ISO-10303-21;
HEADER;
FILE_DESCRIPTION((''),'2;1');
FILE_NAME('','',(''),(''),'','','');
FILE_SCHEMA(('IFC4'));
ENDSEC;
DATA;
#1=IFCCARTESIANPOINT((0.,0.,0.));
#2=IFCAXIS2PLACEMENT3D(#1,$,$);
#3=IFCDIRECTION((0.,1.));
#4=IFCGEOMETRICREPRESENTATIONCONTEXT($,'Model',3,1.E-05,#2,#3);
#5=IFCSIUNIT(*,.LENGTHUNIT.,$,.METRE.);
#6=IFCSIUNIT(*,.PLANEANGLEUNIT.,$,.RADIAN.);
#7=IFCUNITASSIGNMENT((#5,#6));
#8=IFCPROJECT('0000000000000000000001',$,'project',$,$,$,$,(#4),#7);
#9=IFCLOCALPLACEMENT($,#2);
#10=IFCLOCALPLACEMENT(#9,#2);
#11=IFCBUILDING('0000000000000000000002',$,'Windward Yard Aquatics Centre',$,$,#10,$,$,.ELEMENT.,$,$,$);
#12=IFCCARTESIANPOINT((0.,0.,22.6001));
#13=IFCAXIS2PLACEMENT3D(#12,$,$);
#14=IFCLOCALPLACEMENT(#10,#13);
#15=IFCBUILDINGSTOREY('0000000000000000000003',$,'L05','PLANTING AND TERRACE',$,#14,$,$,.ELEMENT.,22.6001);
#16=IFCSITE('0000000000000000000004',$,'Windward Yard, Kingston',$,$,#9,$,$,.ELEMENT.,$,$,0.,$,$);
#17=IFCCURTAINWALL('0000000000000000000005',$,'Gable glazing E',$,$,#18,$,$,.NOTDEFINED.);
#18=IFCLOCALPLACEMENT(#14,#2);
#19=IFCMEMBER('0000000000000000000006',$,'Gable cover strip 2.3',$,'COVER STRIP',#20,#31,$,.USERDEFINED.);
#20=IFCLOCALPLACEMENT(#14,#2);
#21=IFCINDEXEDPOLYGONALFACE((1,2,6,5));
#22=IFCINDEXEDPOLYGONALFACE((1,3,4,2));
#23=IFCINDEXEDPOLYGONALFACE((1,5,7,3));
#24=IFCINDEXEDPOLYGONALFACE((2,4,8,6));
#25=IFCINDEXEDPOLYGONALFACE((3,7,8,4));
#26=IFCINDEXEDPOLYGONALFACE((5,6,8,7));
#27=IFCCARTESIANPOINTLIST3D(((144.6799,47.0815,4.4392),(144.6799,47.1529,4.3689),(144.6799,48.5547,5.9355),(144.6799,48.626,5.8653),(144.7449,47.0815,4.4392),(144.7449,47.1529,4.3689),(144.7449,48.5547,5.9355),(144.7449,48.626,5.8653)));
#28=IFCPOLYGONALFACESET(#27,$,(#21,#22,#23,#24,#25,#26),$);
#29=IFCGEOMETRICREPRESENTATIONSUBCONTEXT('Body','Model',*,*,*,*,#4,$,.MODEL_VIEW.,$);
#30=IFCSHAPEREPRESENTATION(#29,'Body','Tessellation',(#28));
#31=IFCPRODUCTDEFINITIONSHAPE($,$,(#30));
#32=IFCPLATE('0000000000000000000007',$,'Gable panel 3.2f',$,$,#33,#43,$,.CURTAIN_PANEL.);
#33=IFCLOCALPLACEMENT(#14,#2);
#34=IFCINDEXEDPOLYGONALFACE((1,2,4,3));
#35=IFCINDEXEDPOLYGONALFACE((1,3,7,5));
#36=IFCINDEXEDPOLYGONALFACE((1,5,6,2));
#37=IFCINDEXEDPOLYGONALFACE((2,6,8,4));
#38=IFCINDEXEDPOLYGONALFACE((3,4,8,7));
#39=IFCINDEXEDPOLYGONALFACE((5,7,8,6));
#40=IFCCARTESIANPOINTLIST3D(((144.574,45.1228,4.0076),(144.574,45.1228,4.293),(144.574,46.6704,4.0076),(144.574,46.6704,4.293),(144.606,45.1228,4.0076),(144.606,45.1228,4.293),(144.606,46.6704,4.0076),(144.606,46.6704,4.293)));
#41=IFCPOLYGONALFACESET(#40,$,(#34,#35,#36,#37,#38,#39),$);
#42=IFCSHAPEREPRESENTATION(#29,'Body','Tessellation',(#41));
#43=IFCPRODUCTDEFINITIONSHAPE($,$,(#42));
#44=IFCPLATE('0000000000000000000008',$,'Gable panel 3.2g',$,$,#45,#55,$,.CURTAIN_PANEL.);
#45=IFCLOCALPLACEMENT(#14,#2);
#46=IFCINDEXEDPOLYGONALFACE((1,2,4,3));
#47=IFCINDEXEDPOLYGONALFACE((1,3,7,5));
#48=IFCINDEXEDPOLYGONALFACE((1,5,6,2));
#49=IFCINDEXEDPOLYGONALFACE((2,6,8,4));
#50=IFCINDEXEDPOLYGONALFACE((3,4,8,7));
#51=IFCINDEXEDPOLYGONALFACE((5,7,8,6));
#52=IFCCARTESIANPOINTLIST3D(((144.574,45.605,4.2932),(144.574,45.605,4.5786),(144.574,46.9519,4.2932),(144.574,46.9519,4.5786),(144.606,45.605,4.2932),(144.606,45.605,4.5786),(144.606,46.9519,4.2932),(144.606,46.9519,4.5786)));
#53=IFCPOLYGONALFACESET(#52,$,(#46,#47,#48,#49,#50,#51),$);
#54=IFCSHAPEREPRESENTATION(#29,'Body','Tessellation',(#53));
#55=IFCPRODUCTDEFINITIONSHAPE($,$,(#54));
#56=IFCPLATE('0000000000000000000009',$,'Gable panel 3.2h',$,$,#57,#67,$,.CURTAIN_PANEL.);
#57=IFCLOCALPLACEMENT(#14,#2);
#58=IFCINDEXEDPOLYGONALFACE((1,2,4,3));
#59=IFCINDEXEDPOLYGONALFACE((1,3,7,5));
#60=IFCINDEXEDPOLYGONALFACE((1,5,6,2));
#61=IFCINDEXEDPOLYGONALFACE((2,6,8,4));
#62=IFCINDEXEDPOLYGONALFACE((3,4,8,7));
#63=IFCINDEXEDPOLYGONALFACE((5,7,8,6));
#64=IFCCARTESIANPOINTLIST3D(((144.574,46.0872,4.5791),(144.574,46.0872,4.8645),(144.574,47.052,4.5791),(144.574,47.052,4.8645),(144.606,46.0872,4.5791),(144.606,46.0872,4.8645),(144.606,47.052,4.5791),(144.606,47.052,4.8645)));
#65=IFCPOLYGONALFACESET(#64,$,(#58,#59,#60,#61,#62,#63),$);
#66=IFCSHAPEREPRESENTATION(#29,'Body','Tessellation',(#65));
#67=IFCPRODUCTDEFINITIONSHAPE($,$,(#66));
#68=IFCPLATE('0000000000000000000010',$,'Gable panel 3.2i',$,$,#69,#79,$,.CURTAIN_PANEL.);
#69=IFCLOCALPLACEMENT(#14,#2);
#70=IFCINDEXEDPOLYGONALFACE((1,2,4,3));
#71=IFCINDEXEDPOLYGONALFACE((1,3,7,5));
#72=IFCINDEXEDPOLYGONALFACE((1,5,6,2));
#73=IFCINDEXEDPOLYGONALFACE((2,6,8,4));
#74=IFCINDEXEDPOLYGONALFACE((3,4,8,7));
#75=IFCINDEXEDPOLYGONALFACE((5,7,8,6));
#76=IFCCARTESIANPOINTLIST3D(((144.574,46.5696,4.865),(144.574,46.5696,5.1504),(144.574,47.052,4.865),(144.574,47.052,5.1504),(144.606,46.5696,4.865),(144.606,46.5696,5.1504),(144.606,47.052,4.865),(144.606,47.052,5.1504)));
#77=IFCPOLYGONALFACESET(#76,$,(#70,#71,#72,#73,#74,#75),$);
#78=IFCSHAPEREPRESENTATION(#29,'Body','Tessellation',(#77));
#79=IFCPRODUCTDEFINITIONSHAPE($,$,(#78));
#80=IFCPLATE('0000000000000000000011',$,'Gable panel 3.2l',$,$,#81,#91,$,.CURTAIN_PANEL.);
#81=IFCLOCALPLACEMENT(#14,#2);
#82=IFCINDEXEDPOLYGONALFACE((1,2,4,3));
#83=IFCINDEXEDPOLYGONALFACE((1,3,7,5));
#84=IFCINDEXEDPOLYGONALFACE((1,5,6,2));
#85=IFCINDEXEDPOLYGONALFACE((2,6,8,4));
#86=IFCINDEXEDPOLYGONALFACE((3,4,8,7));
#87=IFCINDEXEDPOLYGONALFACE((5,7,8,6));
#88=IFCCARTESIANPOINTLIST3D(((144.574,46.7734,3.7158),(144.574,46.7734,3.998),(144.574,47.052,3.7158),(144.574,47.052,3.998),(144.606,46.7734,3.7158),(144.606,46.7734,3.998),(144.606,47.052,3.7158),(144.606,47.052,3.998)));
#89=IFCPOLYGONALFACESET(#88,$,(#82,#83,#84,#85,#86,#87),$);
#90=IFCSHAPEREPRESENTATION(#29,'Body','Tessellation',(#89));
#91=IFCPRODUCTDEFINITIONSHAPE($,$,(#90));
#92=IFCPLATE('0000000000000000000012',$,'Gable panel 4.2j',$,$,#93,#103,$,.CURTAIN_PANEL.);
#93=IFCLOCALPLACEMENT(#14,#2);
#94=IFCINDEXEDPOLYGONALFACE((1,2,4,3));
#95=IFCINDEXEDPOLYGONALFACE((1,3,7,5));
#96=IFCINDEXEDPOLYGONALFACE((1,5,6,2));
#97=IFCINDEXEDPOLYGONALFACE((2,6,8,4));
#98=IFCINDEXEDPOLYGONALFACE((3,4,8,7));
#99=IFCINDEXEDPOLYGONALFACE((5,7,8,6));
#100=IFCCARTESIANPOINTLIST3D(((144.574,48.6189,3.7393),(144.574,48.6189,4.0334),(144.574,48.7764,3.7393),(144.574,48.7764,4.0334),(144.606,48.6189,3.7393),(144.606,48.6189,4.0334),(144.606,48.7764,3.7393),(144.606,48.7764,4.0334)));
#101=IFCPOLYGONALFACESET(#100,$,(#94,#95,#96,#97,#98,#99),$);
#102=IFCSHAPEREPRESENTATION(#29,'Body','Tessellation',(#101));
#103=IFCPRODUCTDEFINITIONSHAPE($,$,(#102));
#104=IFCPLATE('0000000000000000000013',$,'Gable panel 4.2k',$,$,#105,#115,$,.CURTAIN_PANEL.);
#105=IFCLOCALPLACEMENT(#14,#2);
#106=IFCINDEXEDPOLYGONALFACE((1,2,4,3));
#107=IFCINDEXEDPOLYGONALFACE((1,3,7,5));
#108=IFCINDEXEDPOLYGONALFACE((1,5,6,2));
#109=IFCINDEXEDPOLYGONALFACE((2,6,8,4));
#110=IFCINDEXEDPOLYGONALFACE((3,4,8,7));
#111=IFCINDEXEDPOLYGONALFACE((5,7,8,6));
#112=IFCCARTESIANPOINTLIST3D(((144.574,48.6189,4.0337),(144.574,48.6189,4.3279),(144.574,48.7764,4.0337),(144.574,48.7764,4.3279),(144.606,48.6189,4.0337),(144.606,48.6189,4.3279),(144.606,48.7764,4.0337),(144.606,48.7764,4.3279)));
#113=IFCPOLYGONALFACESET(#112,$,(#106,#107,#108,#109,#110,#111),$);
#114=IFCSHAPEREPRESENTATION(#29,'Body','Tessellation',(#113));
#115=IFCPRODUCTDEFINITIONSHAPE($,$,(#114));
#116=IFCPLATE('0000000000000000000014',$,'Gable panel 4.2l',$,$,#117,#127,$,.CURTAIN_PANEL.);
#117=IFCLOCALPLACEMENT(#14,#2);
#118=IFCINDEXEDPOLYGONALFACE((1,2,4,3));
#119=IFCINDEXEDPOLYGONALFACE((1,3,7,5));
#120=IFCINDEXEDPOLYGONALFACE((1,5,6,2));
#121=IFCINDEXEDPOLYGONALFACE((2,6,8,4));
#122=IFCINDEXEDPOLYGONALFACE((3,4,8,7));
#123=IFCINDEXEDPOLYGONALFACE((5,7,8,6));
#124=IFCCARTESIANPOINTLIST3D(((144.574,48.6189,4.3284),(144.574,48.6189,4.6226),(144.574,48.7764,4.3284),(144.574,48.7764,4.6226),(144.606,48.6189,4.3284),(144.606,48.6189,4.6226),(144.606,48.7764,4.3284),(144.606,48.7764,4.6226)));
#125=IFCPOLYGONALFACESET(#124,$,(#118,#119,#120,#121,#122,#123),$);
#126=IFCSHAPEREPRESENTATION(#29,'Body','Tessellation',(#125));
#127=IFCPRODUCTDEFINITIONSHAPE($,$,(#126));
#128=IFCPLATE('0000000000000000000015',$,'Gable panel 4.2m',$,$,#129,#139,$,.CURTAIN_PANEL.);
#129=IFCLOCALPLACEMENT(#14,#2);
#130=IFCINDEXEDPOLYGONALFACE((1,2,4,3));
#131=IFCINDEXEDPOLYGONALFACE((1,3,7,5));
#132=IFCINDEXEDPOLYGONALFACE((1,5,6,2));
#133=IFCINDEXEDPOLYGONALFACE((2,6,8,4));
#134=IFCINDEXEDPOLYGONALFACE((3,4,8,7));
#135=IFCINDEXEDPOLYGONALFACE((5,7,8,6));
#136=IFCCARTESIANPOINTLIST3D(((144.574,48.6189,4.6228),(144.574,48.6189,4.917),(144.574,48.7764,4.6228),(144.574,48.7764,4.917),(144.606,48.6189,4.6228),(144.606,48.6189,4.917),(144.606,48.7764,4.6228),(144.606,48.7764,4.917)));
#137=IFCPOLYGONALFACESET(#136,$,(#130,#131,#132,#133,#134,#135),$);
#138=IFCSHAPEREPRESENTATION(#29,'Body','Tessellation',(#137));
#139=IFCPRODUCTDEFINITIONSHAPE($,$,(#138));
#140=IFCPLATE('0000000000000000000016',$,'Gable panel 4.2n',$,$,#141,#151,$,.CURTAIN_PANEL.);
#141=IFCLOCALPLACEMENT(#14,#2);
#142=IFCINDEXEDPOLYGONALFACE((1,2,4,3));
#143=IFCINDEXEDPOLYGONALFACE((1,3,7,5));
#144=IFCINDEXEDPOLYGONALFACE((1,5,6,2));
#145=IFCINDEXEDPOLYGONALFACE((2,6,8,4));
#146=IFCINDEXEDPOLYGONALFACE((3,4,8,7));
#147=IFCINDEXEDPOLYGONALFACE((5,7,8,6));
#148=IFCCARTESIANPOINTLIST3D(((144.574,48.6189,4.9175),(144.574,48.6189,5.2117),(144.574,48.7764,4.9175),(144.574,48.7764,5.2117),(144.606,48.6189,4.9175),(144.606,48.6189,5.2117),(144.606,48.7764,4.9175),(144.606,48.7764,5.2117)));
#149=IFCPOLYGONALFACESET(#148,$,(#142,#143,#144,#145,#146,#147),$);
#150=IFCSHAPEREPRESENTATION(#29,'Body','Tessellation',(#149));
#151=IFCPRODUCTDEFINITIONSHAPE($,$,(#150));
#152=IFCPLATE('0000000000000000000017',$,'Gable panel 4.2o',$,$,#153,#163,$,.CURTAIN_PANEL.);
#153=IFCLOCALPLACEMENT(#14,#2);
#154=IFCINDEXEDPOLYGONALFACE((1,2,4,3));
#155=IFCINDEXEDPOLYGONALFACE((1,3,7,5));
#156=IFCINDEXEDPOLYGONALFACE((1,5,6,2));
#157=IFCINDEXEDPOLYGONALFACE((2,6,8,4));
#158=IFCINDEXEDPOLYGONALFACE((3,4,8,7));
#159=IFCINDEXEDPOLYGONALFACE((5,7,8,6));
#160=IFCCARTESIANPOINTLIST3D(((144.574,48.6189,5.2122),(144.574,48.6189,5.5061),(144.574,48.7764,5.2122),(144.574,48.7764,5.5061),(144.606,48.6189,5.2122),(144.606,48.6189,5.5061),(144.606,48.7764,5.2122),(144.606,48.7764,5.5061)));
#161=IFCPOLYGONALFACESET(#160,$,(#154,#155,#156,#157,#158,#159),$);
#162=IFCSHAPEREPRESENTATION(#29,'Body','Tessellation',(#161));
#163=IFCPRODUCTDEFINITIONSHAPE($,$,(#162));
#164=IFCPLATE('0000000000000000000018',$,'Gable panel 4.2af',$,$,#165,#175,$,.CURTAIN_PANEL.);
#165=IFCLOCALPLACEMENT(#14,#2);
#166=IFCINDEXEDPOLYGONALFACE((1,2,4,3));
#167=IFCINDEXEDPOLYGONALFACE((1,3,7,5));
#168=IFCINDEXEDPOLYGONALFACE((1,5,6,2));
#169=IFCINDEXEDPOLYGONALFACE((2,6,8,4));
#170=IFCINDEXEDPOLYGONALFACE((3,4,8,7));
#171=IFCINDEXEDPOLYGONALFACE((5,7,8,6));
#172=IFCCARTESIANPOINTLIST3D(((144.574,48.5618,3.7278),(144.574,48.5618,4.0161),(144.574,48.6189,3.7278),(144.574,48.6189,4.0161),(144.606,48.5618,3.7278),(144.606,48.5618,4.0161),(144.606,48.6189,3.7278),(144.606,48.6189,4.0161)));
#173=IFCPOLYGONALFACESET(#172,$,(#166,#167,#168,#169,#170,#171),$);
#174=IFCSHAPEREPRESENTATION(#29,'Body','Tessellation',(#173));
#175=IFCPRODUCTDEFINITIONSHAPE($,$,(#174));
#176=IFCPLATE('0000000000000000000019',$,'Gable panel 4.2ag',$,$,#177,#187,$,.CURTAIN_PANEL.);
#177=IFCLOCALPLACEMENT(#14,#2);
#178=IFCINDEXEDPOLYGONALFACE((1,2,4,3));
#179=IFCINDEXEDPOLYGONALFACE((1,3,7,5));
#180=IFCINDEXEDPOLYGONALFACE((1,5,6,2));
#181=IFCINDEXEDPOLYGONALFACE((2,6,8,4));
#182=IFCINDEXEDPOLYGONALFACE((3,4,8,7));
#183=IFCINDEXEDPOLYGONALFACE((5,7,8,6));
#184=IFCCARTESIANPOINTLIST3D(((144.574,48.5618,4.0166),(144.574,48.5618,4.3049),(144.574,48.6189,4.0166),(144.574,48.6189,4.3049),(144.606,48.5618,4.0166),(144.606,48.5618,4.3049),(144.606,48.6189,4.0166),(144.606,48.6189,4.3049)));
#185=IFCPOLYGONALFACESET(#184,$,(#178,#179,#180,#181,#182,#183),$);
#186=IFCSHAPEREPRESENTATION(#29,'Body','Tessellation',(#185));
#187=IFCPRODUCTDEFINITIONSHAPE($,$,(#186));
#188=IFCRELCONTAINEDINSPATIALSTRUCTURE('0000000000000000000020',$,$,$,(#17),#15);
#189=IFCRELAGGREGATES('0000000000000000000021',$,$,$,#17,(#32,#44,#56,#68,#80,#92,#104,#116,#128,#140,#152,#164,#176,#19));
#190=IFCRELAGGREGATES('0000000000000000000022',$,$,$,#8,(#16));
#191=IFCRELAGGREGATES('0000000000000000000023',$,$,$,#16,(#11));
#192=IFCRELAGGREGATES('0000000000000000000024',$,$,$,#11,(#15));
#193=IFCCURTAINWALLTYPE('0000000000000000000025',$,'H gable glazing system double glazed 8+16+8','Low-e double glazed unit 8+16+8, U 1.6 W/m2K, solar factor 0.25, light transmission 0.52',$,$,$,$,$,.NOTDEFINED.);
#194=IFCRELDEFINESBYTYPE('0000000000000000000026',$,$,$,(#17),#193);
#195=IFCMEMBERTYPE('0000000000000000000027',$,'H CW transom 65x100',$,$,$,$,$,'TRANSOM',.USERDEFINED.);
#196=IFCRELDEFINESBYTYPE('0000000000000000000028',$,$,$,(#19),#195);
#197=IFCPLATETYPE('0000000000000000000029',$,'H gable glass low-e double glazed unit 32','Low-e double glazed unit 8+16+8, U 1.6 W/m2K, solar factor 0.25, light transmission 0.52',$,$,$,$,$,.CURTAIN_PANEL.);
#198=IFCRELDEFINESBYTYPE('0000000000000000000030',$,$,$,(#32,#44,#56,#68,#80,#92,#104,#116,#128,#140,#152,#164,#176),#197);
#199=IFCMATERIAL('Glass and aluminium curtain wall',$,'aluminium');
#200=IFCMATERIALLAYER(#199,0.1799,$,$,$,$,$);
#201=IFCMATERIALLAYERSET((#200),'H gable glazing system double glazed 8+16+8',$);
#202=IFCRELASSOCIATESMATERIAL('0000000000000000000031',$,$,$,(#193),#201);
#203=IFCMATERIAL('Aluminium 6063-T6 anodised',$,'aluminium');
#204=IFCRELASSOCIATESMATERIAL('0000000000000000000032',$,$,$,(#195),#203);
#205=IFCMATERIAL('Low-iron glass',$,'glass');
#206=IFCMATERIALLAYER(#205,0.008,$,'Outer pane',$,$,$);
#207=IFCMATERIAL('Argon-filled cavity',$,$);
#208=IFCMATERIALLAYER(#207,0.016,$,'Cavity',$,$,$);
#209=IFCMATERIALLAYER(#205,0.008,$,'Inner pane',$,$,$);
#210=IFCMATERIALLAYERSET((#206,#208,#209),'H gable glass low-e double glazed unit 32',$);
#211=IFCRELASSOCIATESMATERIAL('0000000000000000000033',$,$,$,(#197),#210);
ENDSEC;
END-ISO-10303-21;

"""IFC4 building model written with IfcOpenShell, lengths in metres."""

from ifc_helpers import new_model, si_unit, direction, frame, origin, origin_2d, place, context, subcontext, project, spatial, polyline, rectangle, outline, extrude, material, layer, layer_set, material_profile, profile_set, type_object, element, aggregate, save


model = new_model("IFC4")

# Units and contexts
model_context = context("Model", 3, precision=1e-05, world=origin(), true_north=direction((0.0, 1.0)))
body_context = subcontext(model_context, "Body", "Model", "MODEL_VIEW")
ifc_project = project(units=[si_unit("LENGTHUNIT", "METRE"), si_unit("PLANEANGLEUNIT", "RADIAN")], contexts=[model_context])

# Site, building, storey
site_placement = place(None, origin())
site = spatial("IfcSite", under=ifc_project, at=site_placement, Name="Windward Yard, Kingston", CompositionType="ELEMENT", RefElevation=0.0)
building_placement = place(site_placement, origin())
building = spatial("IfcBuilding", under=site, at=building_placement, Name="Windward Yard Aquatics Centre", CompositionType="ELEMENT")
storey_placement = place(building_placement, frame((0.0, 0.0, 22.6001)))
storey = spatial("IfcBuildingStorey", under=building, at=storey_placement, Name="L05", Description="PLANTING AND TERRACE", CompositionType="ELEMENT", Elevation=22.6001)

# Curtain wall, member, plates
ifc_material_1 = material(Name="Glass and aluminium curtain wall", Category="aluminium")
ifc_layer_1 = layer(ifc_material_1, 0.1799)
ifc_layer_set_1 = layer_set([ifc_layer_1], Name="H gable glazing system double glazed 8+16+8")
curtain_wall_type = type_object("IfcCurtainWallType", Name="H gable glazing system double glazed 8+16+8", Description="Low-e double glazed unit 8+16+8, U 1.6 W/m2K, solar factor 0.25, light transmission 0.52", PredefinedType="NOTDEFINED", material=ifc_layer_set_1)
curtain_wall_placement = place(storey_placement, origin())
curtain_wall = element("IfcCurtainWall", 1, at=curtain_wall_placement, inside=storey, type_object=curtain_wall_type, Name="Gable glazing E", PredefinedType="NOTDEFINED")
ifc_material_2 = material(Name="Aluminium 6063-T6 anodised", Category="aluminium")
ifc_material_profile = material_profile(ifc_material_2, rectangle(XDim=0.0649, YDim=0.1001, at=origin_2d()), Name="H CW transom 65x100")
ifc_profile_set = profile_set([ifc_material_profile], Name="Aluminium 6063-T6 anodised")
member_type = type_object("IfcMemberType", Name="H CW transom 65x100", ElementType="TRANSOM", PredefinedType="USERDEFINED", material=ifc_profile_set)
member_placement = place(storey_placement, frame((144.7124, 47.1172, 4.4041), z_axis=(0.0, 0.701562, 0.712608), x_axis=(-1.0, 0.0, 0.0)))
member = element("IfcMember", 2, at=member_placement, type_object=member_type, Name="Gable cover strip 2.3", ObjectType="COVER STRIP", PredefinedType="USERDEFINED", context=body_context, shape_type="SweptSolid", body=[
    extrude(rectangle(XDim=0.0649, YDim=0.1001, at=origin_2d()), origin(), (0.0, 0.0, 1.0), 2.0999),
])
ifc_material_3 = material(Name="Low-iron glass", Category="glass")
ifc_layer_2 = layer(ifc_material_3, 0.008, Name="Outer pane")
ifc_material_4 = material(Name="Argon-filled cavity")
ifc_layer_3 = layer(ifc_material_4, 0.016, Name="Cavity")
ifc_layer_4 = layer(ifc_material_3, 0.008, Name="Inner pane")
ifc_layer_set_2 = layer_set([ifc_layer_2, ifc_layer_3, ifc_layer_4], Name="H gable glass low-e double glazed unit 32")
plate_type = type_object("IfcPlateType", Name="H gable glass low-e double glazed unit 32", Description="Low-e double glazed unit 8+16+8, U 1.6 W/m2K, solar factor 0.25, light transmission 0.52", PredefinedType="CURTAIN_PANEL", material=ifc_layer_set_2)
plate_1_placement = place(storey_placement, frame((144.606, 45.1228, 4.0076), z_axis=(1.0, 0.0, 0.0), x_axis=(0.0, 1.0, 0.0)))
plate_1 = element("IfcPlate", 3, at=plate_1_placement, type_object=plate_type, Name="Gable panel 3.2f", PredefinedType="CURTAIN_PANEL", context=body_context, shape_type="SweptSolid", body=[
    extrude(outline(polyline([(0.0, 0.0), (1.5476, 0.0), (1.5476, 0.2854), (0.0, 0.2854), (0.0, 0.0)])), origin(), (0.0, 0.0, -1.0), 0.032),
])
plate_2_placement = place(storey_placement, frame((144.606, 45.605, 4.2932), z_axis=(1.0, 0.0, 0.0), x_axis=(0.0, 1.0, 0.0)))
plate_2 = element("IfcPlate", 4, at=plate_2_placement, type_object=plate_type, Name="Gable panel 3.2g", PredefinedType="CURTAIN_PANEL", context=body_context, shape_type="SweptSolid", body=[
    extrude(outline(polyline([(0.0, 0.0), (1.3469, 0.0), (1.3469, 0.2854), (0.0, 0.2854), (0.0, 0.0)])), origin(), (0.0, 0.0, -1.0), 0.032),
])
plate_3_placement = place(storey_placement, frame((144.606, 46.0872, 4.5791), z_axis=(1.0, 0.0, 0.0), x_axis=(0.0, 1.0, 0.0)))
plate_3 = element("IfcPlate", 5, at=plate_3_placement, type_object=plate_type, Name="Gable panel 3.2h", PredefinedType="CURTAIN_PANEL", context=body_context, shape_type="SweptSolid", body=[
    extrude(outline(polyline([(0.0, 0.0), (0.9648, 0.0), (0.9648, 0.2854), (0.0, 0.2854), (0.0, 0.0)])), origin(), (0.0, 0.0, -1.0), 0.032),
])
plate_4_placement = place(storey_placement, frame((144.606, 46.5696, 4.865), z_axis=(1.0, 0.0, 0.0), x_axis=(0.0, 1.0, 0.0)))
plate_4 = element("IfcPlate", 6, at=plate_4_placement, type_object=plate_type, Name="Gable panel 3.2i", PredefinedType="CURTAIN_PANEL", context=body_context, shape_type="SweptSolid", body=[
    extrude(outline(polyline([(0.0, 0.0), (0.4824, 0.0), (0.4824, 0.2854), (0.0, 0.2854), (0.0, 0.0)])), origin(), (0.0, 0.0, -1.0), 0.032),
])
plate_5_placement = place(storey_placement, frame((144.606, 46.7734, 3.7158), z_axis=(1.0, 0.0, 0.0), x_axis=(0.0, 1.0, 0.0)))
plate_5 = element("IfcPlate", 7, at=plate_5_placement, type_object=plate_type, Name="Gable panel 3.2l", PredefinedType="CURTAIN_PANEL", context=body_context, shape_type="SweptSolid", body=[
    extrude(outline(polyline([(0.0, 0.0), (0.2786, 0.0), (0.2786, 0.2822), (0.0, 0.2822), (0.0, 0.0)])), origin(), (0.0, 0.0, -1.0), 0.032),
])
plate_6_placement = place(storey_placement, frame((144.606, 48.6189, 3.7393), z_axis=(1.0, 0.0, 0.0), x_axis=(0.0, 1.0, 0.0)))
plate_6 = element("IfcPlate", 8, at=plate_6_placement, type_object=plate_type, Name="Gable panel 4.2j", PredefinedType="CURTAIN_PANEL", context=body_context, shape_type="SweptSolid", body=[
    extrude(outline(polyline([(0.0, 0.0), (0.1575, 0.0), (0.1575, 0.2942), (0.0, 0.2942), (0.0, 0.0)])), origin(), (0.0, 0.0, -1.0), 0.032),
])
plate_7_placement = place(storey_placement, frame((144.606, 48.6189, 4.0337), z_axis=(1.0, 0.0, 0.0), x_axis=(0.0, 1.0, 0.0)))
plate_7 = element("IfcPlate", 9, at=plate_7_placement, type_object=plate_type, Name="Gable panel 4.2k", PredefinedType="CURTAIN_PANEL", context=body_context, shape_type="SweptSolid", body=[
    extrude(outline(polyline([(0.0, 0.0), (0.1575, 0.0), (0.1575, 0.2942), (0.0, 0.2942), (0.0, 0.0)])), origin(), (0.0, 0.0, -1.0), 0.032),
])
plate_8_placement = place(storey_placement, frame((144.606, 48.6189, 4.3284), z_axis=(1.0, 0.0, 0.0), x_axis=(0.0, 1.0, 0.0)))
plate_8 = element("IfcPlate", 10, at=plate_8_placement, type_object=plate_type, Name="Gable panel 4.2l", PredefinedType="CURTAIN_PANEL", context=body_context, shape_type="SweptSolid", body=[
    extrude(outline(polyline([(0.0, 0.0), (0.1575, 0.0), (0.1575, 0.2942), (0.0, 0.2942), (0.0, 0.0)])), origin(), (0.0, 0.0, -1.0), 0.032),
])
plate_9_placement = place(storey_placement, frame((144.606, 48.6189, 4.6228), z_axis=(1.0, 0.0, 0.0), x_axis=(0.0, 1.0, 0.0)))
plate_9 = element("IfcPlate", 11, at=plate_9_placement, type_object=plate_type, Name="Gable panel 4.2m", PredefinedType="CURTAIN_PANEL", context=body_context, shape_type="SweptSolid", body=[
    extrude(outline(polyline([(0.0, 0.0), (0.1575, 0.0), (0.1575, 0.2942), (0.0, 0.2942), (0.0, 0.0)])), origin(), (0.0, 0.0, -1.0), 0.032),
])
plate_10_placement = place(storey_placement, frame((144.606, 48.6189, 4.9175), z_axis=(1.0, 0.0, 0.0), x_axis=(0.0, 1.0, 0.0)))
plate_10 = element("IfcPlate", 12, at=plate_10_placement, type_object=plate_type, Name="Gable panel 4.2n", PredefinedType="CURTAIN_PANEL", context=body_context, shape_type="SweptSolid", body=[
    extrude(outline(polyline([(0.0, 0.0), (0.1575, 0.0), (0.1575, 0.2942), (0.0, 0.2942), (0.0, 0.0)])), origin(), (0.0, 0.0, -1.0), 0.032),
])
plate_11_placement = place(storey_placement, frame((144.606, 48.6189, 5.2122), z_axis=(1.0, 0.0, 0.0), x_axis=(0.0, 1.0, 0.0)))
plate_11 = element("IfcPlate", 13, at=plate_11_placement, type_object=plate_type, Name="Gable panel 4.2o", PredefinedType="CURTAIN_PANEL", context=body_context, shape_type="SweptSolid", body=[
    extrude(outline(polyline([(0.0, 0.0), (0.1575, 0.0), (0.1575, 0.2939), (0.0, 0.2939), (0.0, 0.0)])), origin(), (0.0, 0.0, -1.0), 0.032),
])
plate_12_placement = place(storey_placement, frame((144.606, 48.5618, 3.7278), z_axis=(1.0, 0.0, 0.0), x_axis=(0.0, 1.0, 0.0)))
plate_12 = element("IfcPlate", 14, at=plate_12_placement, type_object=plate_type, Name="Gable panel 4.2af", PredefinedType="CURTAIN_PANEL", context=body_context, shape_type="SweptSolid", body=[
    extrude(outline(polyline([(0.0, 0.0), (0.0571, 0.0), (0.0571, 0.2883), (0.0, 0.2883), (0.0, 0.0)])), origin(), (0.0, 0.0, -1.0), 0.032),
])
plate_13_placement = place(storey_placement, frame((144.606, 48.5618, 4.0166), z_axis=(1.0, 0.0, 0.0), x_axis=(0.0, 1.0, 0.0)))
plate_13 = element("IfcPlate", 15, at=plate_13_placement, type_object=plate_type, Name="Gable panel 4.2ag", PredefinedType="CURTAIN_PANEL", context=body_context, shape_type="SweptSolid", body=[
    extrude(outline(polyline([(0.0, 0.0), (0.0571, 0.0), (0.0571, 0.2883), (0.0, 0.2883), (0.0, 0.0)])), origin(), (0.0, 0.0, -1.0), 0.032),
])
aggregate(curtain_wall, [plate_1, plate_2, plate_3, plate_4, plate_5, plate_6, plate_7, plate_8, plate_9, plate_10, plate_11, plate_12, plate_13, member])

save(model, "model.ifc")
